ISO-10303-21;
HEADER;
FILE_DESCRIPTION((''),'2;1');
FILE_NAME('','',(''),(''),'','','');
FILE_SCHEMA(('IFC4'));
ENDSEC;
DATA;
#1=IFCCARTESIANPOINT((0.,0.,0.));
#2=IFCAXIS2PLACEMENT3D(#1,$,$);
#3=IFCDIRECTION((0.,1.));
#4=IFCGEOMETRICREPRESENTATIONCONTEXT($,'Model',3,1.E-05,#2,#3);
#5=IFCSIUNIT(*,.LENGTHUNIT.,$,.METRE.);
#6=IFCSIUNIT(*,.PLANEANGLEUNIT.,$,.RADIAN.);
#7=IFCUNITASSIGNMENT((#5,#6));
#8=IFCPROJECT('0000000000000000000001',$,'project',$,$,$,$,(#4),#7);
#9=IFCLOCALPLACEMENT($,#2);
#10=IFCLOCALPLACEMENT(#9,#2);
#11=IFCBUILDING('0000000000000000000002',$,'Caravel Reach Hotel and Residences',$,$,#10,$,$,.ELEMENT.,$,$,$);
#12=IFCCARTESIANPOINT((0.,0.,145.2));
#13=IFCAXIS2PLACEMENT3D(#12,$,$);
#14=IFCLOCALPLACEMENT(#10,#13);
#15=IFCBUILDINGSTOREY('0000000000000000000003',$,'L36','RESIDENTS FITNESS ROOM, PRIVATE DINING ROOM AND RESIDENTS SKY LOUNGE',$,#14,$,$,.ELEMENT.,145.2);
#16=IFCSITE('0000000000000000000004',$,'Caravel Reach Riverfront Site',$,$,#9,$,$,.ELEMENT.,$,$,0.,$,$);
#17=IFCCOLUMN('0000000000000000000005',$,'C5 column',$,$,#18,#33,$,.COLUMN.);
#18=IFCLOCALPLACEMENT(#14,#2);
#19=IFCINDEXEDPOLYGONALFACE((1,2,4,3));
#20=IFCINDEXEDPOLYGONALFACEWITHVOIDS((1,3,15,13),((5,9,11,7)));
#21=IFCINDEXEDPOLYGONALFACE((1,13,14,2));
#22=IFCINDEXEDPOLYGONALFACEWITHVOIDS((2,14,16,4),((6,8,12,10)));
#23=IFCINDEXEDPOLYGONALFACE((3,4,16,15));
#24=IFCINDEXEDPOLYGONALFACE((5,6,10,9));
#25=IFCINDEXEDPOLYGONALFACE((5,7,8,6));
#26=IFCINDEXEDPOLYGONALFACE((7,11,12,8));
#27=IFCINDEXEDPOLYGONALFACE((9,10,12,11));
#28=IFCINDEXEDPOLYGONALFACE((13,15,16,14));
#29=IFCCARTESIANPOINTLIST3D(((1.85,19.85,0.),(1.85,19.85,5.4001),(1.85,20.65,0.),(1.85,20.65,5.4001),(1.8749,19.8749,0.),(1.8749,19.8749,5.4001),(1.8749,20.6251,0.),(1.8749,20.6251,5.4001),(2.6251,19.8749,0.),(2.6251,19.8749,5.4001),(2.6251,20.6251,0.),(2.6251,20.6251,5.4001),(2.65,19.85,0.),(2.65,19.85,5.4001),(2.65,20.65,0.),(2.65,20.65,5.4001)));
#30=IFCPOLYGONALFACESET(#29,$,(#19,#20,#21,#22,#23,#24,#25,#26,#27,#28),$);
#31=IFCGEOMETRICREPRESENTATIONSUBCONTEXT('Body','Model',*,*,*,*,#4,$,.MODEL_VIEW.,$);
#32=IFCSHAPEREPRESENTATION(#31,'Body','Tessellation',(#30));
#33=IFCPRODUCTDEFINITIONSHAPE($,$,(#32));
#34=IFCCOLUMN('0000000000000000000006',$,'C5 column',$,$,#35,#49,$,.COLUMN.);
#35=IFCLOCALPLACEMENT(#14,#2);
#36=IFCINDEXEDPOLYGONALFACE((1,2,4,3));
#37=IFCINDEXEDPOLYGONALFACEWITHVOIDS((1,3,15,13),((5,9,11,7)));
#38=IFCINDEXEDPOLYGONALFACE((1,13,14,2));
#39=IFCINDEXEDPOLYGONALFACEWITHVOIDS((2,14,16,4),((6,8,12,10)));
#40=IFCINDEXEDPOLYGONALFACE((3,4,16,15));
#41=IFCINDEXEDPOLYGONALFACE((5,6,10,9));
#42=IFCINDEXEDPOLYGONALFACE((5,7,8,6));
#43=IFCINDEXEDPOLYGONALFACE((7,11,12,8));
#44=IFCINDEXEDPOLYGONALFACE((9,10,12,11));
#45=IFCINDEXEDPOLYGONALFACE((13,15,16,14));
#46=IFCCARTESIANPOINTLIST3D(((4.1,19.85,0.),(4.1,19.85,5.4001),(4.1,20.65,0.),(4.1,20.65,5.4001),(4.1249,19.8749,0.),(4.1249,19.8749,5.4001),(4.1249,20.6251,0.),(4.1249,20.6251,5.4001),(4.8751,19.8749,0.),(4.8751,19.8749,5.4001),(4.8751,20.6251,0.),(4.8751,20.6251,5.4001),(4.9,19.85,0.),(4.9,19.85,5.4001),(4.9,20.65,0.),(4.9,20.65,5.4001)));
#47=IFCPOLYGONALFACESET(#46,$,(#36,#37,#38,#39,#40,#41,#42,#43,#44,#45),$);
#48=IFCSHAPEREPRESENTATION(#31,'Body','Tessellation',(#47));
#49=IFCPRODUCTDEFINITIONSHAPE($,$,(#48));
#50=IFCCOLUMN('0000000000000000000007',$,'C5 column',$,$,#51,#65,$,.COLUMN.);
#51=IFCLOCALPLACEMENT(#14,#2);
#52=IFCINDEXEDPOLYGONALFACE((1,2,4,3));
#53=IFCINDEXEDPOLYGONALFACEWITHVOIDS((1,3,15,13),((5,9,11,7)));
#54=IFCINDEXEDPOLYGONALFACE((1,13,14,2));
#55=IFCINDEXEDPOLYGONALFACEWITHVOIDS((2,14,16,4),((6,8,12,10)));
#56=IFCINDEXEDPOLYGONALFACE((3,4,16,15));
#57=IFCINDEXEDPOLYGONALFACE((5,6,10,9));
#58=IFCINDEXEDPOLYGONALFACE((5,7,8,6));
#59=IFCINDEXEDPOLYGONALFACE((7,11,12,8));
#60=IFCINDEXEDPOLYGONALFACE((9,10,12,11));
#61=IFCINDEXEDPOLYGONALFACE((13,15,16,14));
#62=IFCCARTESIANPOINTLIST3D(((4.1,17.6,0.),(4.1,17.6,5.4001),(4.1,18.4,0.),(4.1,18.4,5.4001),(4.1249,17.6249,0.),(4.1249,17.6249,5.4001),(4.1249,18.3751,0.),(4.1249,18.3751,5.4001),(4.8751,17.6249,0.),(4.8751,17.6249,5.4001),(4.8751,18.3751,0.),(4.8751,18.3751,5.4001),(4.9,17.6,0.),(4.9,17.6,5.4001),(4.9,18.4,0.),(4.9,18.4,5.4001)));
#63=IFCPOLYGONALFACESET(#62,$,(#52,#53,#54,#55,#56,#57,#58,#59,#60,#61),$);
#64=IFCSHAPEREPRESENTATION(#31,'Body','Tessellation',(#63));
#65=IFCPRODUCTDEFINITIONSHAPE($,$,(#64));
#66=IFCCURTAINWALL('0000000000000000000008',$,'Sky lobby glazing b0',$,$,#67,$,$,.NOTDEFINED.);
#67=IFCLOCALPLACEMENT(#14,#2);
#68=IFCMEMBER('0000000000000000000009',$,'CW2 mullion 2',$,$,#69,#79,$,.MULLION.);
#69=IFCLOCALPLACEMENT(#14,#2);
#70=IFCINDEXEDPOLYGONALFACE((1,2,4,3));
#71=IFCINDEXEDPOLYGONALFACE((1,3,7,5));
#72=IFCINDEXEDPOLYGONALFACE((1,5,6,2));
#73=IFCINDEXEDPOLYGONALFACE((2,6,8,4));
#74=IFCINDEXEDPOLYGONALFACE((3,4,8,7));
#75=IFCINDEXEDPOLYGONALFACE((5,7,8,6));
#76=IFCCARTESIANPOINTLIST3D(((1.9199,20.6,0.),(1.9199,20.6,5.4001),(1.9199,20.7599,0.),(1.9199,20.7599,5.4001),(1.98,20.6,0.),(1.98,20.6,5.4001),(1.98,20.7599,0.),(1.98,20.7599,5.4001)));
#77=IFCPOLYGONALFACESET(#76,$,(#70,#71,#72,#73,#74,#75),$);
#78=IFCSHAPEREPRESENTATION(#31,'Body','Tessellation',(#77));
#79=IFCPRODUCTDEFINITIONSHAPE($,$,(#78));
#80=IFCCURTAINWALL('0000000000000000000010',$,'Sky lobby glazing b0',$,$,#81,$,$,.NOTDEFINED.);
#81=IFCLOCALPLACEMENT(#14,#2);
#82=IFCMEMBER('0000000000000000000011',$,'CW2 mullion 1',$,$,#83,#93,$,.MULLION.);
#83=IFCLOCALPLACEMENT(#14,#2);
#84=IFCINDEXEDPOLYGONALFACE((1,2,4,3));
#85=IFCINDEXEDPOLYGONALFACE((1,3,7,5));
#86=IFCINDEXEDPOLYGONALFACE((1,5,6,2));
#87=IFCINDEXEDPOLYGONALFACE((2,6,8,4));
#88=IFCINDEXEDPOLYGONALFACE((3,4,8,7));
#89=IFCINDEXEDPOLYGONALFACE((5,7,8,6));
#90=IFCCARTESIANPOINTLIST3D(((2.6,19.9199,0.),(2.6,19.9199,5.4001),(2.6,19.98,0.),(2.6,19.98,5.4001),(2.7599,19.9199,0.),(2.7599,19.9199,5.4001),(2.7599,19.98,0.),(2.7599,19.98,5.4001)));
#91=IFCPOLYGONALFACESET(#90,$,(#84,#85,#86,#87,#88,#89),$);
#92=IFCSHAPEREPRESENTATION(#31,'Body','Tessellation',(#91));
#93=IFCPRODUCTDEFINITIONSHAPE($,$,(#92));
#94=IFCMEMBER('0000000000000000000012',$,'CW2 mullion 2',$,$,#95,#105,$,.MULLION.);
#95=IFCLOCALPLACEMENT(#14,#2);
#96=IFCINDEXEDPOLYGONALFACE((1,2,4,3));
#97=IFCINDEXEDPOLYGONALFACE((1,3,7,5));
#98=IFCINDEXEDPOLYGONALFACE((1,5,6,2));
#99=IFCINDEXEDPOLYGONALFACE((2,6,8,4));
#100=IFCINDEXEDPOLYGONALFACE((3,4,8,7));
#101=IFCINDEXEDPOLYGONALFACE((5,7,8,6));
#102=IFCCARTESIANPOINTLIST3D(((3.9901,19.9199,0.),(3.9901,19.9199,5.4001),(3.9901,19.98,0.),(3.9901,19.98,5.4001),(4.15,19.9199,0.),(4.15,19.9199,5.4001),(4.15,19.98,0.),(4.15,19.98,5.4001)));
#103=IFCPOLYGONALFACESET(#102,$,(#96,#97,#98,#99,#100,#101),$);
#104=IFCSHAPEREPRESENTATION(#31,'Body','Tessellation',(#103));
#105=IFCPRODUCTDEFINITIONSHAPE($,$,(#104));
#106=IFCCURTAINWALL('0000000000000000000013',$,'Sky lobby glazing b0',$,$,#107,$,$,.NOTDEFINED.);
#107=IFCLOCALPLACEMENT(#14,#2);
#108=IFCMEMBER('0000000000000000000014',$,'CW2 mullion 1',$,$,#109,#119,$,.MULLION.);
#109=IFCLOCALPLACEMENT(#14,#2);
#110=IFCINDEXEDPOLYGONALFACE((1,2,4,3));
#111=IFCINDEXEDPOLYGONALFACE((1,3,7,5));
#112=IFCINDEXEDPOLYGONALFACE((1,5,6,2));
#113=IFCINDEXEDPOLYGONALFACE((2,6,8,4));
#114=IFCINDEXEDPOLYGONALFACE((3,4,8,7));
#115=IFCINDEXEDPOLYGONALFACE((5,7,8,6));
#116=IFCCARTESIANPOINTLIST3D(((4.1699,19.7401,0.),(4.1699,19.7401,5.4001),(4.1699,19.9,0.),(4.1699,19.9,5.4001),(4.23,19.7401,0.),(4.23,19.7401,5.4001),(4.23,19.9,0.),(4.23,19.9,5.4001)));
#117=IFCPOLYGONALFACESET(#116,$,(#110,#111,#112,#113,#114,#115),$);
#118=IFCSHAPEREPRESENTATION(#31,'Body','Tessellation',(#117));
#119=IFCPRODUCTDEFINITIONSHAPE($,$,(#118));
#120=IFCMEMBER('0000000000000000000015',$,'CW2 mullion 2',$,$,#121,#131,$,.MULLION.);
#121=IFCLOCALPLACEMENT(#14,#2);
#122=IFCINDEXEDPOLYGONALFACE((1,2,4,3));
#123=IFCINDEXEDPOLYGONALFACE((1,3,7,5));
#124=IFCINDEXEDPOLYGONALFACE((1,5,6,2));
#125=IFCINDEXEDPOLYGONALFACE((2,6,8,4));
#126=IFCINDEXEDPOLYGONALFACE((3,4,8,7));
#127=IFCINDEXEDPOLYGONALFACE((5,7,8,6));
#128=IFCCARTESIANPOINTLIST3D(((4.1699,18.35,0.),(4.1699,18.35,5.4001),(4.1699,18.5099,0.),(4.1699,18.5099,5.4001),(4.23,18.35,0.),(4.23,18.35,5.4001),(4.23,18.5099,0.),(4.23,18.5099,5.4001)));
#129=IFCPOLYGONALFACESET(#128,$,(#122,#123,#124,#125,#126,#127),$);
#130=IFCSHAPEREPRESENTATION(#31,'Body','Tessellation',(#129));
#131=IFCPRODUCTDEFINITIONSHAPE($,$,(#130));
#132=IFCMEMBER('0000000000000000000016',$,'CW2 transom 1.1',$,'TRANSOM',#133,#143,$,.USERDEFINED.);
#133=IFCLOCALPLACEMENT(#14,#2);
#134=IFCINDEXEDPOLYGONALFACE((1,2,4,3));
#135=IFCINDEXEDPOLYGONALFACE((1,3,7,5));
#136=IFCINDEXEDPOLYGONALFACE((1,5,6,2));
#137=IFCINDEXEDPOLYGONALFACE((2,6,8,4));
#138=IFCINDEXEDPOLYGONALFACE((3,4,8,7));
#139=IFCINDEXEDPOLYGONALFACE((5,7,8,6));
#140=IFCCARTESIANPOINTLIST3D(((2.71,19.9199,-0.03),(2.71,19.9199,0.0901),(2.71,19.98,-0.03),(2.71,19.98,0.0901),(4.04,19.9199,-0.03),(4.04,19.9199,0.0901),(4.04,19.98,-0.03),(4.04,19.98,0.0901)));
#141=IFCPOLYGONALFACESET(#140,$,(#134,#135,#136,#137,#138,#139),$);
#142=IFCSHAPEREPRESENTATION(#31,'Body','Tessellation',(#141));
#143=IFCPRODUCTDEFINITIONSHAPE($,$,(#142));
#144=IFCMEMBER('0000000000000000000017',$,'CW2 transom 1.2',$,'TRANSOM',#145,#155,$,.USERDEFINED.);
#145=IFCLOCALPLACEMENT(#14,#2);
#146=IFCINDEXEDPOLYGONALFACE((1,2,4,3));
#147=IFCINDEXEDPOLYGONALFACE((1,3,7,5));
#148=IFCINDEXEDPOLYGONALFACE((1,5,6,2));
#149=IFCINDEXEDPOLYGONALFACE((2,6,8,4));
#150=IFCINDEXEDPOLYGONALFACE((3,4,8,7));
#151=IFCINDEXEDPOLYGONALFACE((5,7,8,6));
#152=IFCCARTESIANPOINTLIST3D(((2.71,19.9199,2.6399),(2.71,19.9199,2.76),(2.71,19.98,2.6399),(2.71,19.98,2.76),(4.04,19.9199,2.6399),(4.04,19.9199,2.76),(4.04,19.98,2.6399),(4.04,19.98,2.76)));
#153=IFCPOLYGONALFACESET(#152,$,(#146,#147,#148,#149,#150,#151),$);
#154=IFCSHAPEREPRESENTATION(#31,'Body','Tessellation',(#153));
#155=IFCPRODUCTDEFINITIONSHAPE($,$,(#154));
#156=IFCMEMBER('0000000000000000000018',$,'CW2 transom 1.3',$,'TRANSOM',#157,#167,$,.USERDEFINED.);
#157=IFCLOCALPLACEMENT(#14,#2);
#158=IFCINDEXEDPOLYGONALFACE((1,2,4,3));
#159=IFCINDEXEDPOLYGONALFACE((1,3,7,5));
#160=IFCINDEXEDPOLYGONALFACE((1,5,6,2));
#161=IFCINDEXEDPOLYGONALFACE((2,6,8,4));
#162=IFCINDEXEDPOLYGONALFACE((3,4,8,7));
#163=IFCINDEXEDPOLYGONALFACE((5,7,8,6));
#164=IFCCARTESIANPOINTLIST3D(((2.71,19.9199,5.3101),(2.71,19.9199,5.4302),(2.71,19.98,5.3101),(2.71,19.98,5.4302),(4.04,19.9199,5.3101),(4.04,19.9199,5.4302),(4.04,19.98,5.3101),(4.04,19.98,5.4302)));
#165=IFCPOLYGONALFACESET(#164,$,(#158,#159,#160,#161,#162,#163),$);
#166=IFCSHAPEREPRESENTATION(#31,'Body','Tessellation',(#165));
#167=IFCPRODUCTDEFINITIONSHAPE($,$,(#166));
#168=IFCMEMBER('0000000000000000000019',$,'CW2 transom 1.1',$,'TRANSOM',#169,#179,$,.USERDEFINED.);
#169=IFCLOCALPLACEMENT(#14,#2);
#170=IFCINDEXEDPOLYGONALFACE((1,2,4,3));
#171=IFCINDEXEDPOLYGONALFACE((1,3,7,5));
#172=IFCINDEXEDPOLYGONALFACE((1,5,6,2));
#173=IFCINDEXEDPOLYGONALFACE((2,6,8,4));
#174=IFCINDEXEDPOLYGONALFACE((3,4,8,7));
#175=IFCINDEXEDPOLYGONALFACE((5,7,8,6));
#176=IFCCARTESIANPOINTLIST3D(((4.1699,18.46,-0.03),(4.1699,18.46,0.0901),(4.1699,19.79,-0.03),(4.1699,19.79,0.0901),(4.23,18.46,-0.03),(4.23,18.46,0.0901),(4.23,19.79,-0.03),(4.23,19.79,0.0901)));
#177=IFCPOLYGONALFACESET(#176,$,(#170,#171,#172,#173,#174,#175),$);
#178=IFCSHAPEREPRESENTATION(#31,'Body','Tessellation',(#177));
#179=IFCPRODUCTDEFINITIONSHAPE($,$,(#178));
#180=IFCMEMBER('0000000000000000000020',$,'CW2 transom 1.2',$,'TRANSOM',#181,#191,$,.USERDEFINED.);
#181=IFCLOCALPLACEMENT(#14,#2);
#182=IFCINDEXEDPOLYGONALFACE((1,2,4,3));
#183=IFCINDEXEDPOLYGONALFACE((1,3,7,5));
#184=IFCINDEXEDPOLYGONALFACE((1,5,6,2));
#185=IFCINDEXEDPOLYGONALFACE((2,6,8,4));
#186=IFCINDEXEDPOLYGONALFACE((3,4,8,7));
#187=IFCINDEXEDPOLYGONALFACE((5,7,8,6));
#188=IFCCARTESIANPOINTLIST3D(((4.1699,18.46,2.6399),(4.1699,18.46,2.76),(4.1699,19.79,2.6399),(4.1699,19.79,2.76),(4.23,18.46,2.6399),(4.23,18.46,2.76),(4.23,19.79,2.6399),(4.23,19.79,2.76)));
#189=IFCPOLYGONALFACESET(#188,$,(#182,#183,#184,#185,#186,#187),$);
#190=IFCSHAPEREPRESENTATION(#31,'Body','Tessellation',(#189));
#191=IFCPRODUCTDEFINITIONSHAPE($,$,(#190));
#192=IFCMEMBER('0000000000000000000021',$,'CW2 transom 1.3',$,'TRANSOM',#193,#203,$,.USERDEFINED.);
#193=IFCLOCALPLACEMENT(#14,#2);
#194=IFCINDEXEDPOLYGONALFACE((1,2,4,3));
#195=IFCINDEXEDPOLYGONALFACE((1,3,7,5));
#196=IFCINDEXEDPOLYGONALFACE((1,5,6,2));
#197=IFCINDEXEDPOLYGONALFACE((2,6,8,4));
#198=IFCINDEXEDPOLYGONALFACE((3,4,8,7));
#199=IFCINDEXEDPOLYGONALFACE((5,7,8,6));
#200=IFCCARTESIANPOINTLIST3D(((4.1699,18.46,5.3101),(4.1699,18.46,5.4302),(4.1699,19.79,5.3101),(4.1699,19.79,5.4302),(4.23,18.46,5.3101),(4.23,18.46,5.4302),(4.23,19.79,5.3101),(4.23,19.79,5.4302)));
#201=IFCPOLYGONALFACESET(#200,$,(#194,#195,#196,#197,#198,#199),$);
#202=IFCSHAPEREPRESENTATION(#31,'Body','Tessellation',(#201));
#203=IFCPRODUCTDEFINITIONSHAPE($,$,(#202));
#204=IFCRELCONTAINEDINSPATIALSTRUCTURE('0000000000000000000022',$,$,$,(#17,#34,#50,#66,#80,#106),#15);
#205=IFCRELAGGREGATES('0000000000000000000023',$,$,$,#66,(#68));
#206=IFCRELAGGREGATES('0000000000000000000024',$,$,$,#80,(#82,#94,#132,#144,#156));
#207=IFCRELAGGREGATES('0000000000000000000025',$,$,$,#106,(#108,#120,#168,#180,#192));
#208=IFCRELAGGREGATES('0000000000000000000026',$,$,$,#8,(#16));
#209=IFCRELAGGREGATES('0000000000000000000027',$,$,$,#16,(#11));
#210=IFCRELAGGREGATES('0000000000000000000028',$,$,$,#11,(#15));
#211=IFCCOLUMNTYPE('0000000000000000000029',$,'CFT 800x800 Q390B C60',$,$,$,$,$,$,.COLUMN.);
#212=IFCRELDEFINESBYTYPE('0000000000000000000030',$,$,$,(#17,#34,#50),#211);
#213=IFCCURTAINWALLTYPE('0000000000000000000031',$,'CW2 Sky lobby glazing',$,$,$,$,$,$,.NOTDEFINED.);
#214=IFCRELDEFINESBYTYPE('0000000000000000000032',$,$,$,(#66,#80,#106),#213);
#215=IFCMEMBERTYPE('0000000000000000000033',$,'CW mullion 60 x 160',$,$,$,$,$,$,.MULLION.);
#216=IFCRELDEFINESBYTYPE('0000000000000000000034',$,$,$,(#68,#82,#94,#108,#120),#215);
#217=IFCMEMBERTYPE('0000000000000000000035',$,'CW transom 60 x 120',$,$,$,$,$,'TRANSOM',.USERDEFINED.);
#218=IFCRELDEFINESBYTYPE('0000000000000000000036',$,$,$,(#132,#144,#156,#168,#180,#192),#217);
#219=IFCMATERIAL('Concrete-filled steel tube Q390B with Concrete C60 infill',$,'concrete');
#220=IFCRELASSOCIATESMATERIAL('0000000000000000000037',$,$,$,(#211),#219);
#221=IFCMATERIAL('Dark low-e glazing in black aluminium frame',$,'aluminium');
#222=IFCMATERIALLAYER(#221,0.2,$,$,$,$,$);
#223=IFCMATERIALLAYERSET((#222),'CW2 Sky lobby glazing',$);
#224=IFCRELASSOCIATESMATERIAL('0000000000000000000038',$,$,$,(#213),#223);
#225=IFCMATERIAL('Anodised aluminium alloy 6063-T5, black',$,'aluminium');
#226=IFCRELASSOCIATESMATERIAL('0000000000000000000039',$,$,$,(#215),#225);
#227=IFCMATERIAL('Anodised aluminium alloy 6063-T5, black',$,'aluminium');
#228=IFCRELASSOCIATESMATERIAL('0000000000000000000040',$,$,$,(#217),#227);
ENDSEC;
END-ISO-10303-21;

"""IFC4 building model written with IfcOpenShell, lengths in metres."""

from ifc_helpers import new_model, si_unit, direction, frame, origin, origin_2d, place, context, subcontext, project, spatial, rectangle, hollow_rectangle, extrude, material, layer, layer_set, material_profile, profile_set, type_object, element, aggregate, save


model = new_model("IFC4")

# Units and contexts
model_context = context("Model", 3, precision=1e-05, world=origin(), true_north=direction((0.0, 1.0)))
body_context = subcontext(model_context, "Body", "Model", "MODEL_VIEW")
ifc_project = project(units=[si_unit("LENGTHUNIT", "METRE"), si_unit("PLANEANGLEUNIT", "RADIAN")], contexts=[model_context])

# Site, building, storey
site_placement = place(None, origin())
site = spatial("IfcSite", under=ifc_project, at=site_placement, Name="Caravel Reach Riverfront Site", CompositionType="ELEMENT", RefElevation=0.0)
building_placement = place(site_placement, origin())
building = spatial("IfcBuilding", under=site, at=building_placement, Name="Caravel Reach Hotel and Residences", CompositionType="ELEMENT")
storey_placement = place(building_placement, frame((0.0, 0.0, 145.2)))
storey = spatial("IfcBuildingStorey", under=building, at=storey_placement, Name="L36", Description="RESIDENTS FITNESS ROOM, PRIVATE DINING ROOM AND RESIDENTS SKY LOUNGE", CompositionType="ELEMENT", Elevation=145.2)

# Columns
ifc_material_1 = material(Name="Concrete-filled steel tube Q390B with Concrete C60 infill", Category="concrete")
ifc_material_profile_1 = material_profile(ifc_material_1, hollow_rectangle(XDim=0.8, YDim=0.8, WallThickness=0.0249, at=origin_2d()), Name="RHS 800x800x25")
ifc_profile_set_1 = profile_set([ifc_material_profile_1], Name="Concrete-filled steel tube Q390B with Concrete C60 infill")
column_type = type_object("IfcColumnType", Name="CFT 800x800 Q390B C60", PredefinedType="COLUMN", material=ifc_profile_set_1)
for number, where, z_axis, x_axis, name in (
    (1, (2.25, 20.25, 0.0), (0.0, 0.0, 1.0), (1.0, 0.0, 0.0), "C5 column"),
    (2, (4.5, 20.25, 0.0), (0.0, 0.0, 1.0), (1.0, 0.0, 0.0), "C5 column"),
    (3, (4.5, 18.0, 0.0), (0.0, 0.0, 1.0), (1.0, 0.0, 0.0), "C5 column"),
):
    element("IfcColumn", number, at=place(storey_placement, frame(where, z_axis=z_axis, x_axis=x_axis)), inside=storey, type_object=column_type, Name=name, PredefinedType="COLUMN", context=body_context, shape_type="SweptSolid", body=[
        extrude(hollow_rectangle(XDim=0.8, YDim=0.8, WallThickness=0.0249, at=origin_2d()), origin(), (0.0, 0.0, 1.0), 5.4001),
    ])

# Curtain wall, member
ifc_material_2 = material(Name="Dark low-e glazing in black aluminium frame", Category="aluminium")
ifc_layer_1 = layer(ifc_material_2, 0.2)
ifc_layer_set_1 = layer_set([ifc_layer_1], Name="CW2 Sky lobby glazing")
curtain_wall_type = type_object("IfcCurtainWallType", Name="CW2 Sky lobby glazing", PredefinedType="NOTDEFINED", material=ifc_layer_set_1)
curtain_wall_1_placement = place(storey_placement, origin())
curtain_wall_1 = element("IfcCurtainWall", 4, at=curtain_wall_1_placement, inside=storey, type_object=curtain_wall_type, Name="Sky lobby glazing b0", PredefinedType="NOTDEFINED")
ifc_material_3 = material(Name="Anodised aluminium alloy 6063-T5, black", Category="aluminium")
ifc_material_profile_2 = material_profile(ifc_material_3, rectangle(XDim=0.0601, YDim=0.1599, at=origin_2d()), Name="CW mullion 60 x 160")
ifc_profile_set_2 = profile_set([ifc_material_profile_2], Name="Anodised aluminium alloy 6063-T5, black")
member_type_1 = type_object("IfcMemberType", Name="CW mullion 60 x 160", PredefinedType="MULLION", material=ifc_profile_set_2)
member_1_placement = place(storey_placement, frame((1.95, 20.6799, 0.0), z_axis=(0.0, 0.0, 1.0), x_axis=(1.0, 0.0, 0.0)))
member_1 = element("IfcMember", 5, at=member_1_placement, type_object=member_type_1, Name="CW2 mullion 2", PredefinedType="MULLION", context=body_context, shape_type="SweptSolid", body=[
    extrude(rectangle(XDim=0.0601, YDim=0.1599, at=origin_2d()), origin(), (0.0, 0.0, 1.0), 5.4001),
])

# Curtain walls, members
curtain_wall_2_placement = place(storey_placement, origin())
curtain_wall_2 = element("IfcCurtainWall", 6, at=curtain_wall_2_placement, inside=storey, type_object=curtain_wall_type, Name="Sky lobby glazing b0", PredefinedType="NOTDEFINED")
member_2_placement = place(storey_placement, frame((2.6799, 19.95, 0.0), z_axis=(0.0, 0.0, 1.0), x_axis=(0.0, 1.0, 0.0)))
member_2 = element("IfcMember", 7, at=member_2_placement, type_object=member_type_1, Name="CW2 mullion 1", PredefinedType="MULLION", context=body_context, shape_type="SweptSolid", body=[
    extrude(rectangle(XDim=0.0601, YDim=0.1599, at=origin_2d()), origin(), (0.0, 0.0, 1.0), 5.4001),
])
member_3_placement = place(storey_placement, frame((4.0701, 19.95, 0.0), z_axis=(0.0, 0.0, 1.0), x_axis=(0.0, 1.0, 0.0)))
member_3 = element("IfcMember", 8, at=member_3_placement, type_object=member_type_1, Name="CW2 mullion 2", PredefinedType="MULLION", context=body_context, shape_type="SweptSolid", body=[
    extrude(rectangle(XDim=0.0601, YDim=0.1599, at=origin_2d()), origin(), (0.0, 0.0, 1.0), 5.4001),
])
curtain_wall_3_placement = place(storey_placement, origin())
curtain_wall_3 = element("IfcCurtainWall", 9, at=curtain_wall_3_placement, inside=storey, type_object=curtain_wall_type, Name="Sky lobby glazing b0", PredefinedType="NOTDEFINED")
member_4_placement = place(storey_placement, frame((4.2, 19.8201, 0.0), z_axis=(0.0, 0.0, 1.0), x_axis=(1.0, 0.0, 0.0)))
member_4 = element("IfcMember", 10, at=member_4_placement, type_object=member_type_1, Name="CW2 mullion 1", PredefinedType="MULLION", context=body_context, shape_type="SweptSolid", body=[
    extrude(rectangle(XDim=0.0601, YDim=0.1599, at=origin_2d()), origin(), (0.0, 0.0, 1.0), 5.4001),
])
member_5_placement = place(storey_placement, frame((4.2, 18.4299, 0.0), z_axis=(0.0, 0.0, 1.0), x_axis=(1.0, 0.0, 0.0)))
member_5 = element("IfcMember", 11, at=member_5_placement, type_object=member_type_1, Name="CW2 mullion 2", PredefinedType="MULLION", context=body_context, shape_type="SweptSolid", body=[
    extrude(rectangle(XDim=0.0601, YDim=0.1599, at=origin_2d()), origin(), (0.0, 0.0, 1.0), 5.4001),
])

# Members
ifc_material_4 = material(Name="Anodised aluminium alloy 6063-T5, black", Category="aluminium")
ifc_material_profile_3 = material_profile(ifc_material_4, rectangle(XDim=0.0601, YDim=0.1201, at=origin_2d()), Name="CW transom 60 x 120")
ifc_profile_set_3 = profile_set([ifc_material_profile_3], Name="Anodised aluminium alloy 6063-T5, black")
member_type_2 = type_object("IfcMemberType", Name="CW transom 60 x 120", ElementType="TRANSOM", PredefinedType="USERDEFINED", material=ifc_profile_set_3)
member_6_placement = place(storey_placement, frame((2.71, 19.95, 0.03), z_axis=(1.0, 0.0, 0.0), x_axis=(0.0, 1.0, 0.0)))
member_6 = element("IfcMember", 12, at=member_6_placement, type_object=member_type_2, Name="CW2 transom 1.1", ObjectType="TRANSOM", PredefinedType="USERDEFINED", context=body_context, shape_type="SweptSolid", body=[
    extrude(rectangle(XDim=0.0601, YDim=0.1201, at=origin_2d()), origin(), (0.0, 0.0, 1.0), 1.3301),
])
member_7_placement = place(storey_placement, frame((2.71, 19.95, 2.7), z_axis=(1.0, 0.0, 0.0), x_axis=(0.0, 1.0, 0.0)))
member_7 = element("IfcMember", 13, at=member_7_placement, type_object=member_type_2, Name="CW2 transom 1.2", ObjectType="TRANSOM", PredefinedType="USERDEFINED", context=body_context, shape_type="SweptSolid", body=[
    extrude(rectangle(XDim=0.0601, YDim=0.1201, at=origin_2d()), origin(), (0.0, 0.0, 1.0), 1.3301),
])
member_8_placement = place(storey_placement, frame((2.71, 19.95, 5.3701), z_axis=(1.0, 0.0, 0.0), x_axis=(0.0, 1.0, 0.0)))
member_8 = element("IfcMember", 14, at=member_8_placement, type_object=member_type_2, Name="CW2 transom 1.3", ObjectType="TRANSOM", PredefinedType="USERDEFINED", context=body_context, shape_type="SweptSolid", body=[
    extrude(rectangle(XDim=0.0601, YDim=0.1201, at=origin_2d()), origin(), (0.0, 0.0, 1.0), 1.3301),
])
member_9_placement = place(storey_placement, frame((4.2, 19.79, 0.03), z_axis=(0.0, -1.0, 0.0), x_axis=(1.0, 0.0, 0.0)))
member_9 = element("IfcMember", 15, at=member_9_placement, type_object=member_type_2, Name="CW2 transom 1.1", ObjectType="TRANSOM", PredefinedType="USERDEFINED", context=body_context, shape_type="SweptSolid", body=[
    extrude(rectangle(XDim=0.0601, YDim=0.1201, at=origin_2d()), origin(), (0.0, 0.0, 1.0), 1.3301),
])
member_10_placement = place(storey_placement, frame((4.2, 19.79, 2.7), z_axis=(0.0, -1.0, 0.0), x_axis=(1.0, 0.0, 0.0)))
member_10 = element("IfcMember", 16, at=member_10_placement, type_object=member_type_2, Name="CW2 transom 1.2", ObjectType="TRANSOM", PredefinedType="USERDEFINED", context=body_context, shape_type="SweptSolid", body=[
    extrude(rectangle(XDim=0.0601, YDim=0.1201, at=origin_2d()), origin(), (0.0, 0.0, 1.0), 1.3301),
])
member_11_placement = place(storey_placement, frame((4.2, 19.79, 5.3701), z_axis=(0.0, -1.0, 0.0), x_axis=(1.0, 0.0, 0.0)))
member_11 = element("IfcMember", 17, at=member_11_placement, type_object=member_type_2, Name="CW2 transom 1.3", ObjectType="TRANSOM", PredefinedType="USERDEFINED", context=body_context, shape_type="SweptSolid", body=[
    extrude(rectangle(XDim=0.0601, YDim=0.1201, at=origin_2d()), origin(), (0.0, 0.0, 1.0), 1.3301),
])

aggregate(curtain_wall_1, [member_1])
aggregate(curtain_wall_2, [member_2, member_3, member_6, member_7, member_8])
aggregate(curtain_wall_3, [member_4, member_5, member_9, member_10, member_11])

save(model, "model.ifc")
